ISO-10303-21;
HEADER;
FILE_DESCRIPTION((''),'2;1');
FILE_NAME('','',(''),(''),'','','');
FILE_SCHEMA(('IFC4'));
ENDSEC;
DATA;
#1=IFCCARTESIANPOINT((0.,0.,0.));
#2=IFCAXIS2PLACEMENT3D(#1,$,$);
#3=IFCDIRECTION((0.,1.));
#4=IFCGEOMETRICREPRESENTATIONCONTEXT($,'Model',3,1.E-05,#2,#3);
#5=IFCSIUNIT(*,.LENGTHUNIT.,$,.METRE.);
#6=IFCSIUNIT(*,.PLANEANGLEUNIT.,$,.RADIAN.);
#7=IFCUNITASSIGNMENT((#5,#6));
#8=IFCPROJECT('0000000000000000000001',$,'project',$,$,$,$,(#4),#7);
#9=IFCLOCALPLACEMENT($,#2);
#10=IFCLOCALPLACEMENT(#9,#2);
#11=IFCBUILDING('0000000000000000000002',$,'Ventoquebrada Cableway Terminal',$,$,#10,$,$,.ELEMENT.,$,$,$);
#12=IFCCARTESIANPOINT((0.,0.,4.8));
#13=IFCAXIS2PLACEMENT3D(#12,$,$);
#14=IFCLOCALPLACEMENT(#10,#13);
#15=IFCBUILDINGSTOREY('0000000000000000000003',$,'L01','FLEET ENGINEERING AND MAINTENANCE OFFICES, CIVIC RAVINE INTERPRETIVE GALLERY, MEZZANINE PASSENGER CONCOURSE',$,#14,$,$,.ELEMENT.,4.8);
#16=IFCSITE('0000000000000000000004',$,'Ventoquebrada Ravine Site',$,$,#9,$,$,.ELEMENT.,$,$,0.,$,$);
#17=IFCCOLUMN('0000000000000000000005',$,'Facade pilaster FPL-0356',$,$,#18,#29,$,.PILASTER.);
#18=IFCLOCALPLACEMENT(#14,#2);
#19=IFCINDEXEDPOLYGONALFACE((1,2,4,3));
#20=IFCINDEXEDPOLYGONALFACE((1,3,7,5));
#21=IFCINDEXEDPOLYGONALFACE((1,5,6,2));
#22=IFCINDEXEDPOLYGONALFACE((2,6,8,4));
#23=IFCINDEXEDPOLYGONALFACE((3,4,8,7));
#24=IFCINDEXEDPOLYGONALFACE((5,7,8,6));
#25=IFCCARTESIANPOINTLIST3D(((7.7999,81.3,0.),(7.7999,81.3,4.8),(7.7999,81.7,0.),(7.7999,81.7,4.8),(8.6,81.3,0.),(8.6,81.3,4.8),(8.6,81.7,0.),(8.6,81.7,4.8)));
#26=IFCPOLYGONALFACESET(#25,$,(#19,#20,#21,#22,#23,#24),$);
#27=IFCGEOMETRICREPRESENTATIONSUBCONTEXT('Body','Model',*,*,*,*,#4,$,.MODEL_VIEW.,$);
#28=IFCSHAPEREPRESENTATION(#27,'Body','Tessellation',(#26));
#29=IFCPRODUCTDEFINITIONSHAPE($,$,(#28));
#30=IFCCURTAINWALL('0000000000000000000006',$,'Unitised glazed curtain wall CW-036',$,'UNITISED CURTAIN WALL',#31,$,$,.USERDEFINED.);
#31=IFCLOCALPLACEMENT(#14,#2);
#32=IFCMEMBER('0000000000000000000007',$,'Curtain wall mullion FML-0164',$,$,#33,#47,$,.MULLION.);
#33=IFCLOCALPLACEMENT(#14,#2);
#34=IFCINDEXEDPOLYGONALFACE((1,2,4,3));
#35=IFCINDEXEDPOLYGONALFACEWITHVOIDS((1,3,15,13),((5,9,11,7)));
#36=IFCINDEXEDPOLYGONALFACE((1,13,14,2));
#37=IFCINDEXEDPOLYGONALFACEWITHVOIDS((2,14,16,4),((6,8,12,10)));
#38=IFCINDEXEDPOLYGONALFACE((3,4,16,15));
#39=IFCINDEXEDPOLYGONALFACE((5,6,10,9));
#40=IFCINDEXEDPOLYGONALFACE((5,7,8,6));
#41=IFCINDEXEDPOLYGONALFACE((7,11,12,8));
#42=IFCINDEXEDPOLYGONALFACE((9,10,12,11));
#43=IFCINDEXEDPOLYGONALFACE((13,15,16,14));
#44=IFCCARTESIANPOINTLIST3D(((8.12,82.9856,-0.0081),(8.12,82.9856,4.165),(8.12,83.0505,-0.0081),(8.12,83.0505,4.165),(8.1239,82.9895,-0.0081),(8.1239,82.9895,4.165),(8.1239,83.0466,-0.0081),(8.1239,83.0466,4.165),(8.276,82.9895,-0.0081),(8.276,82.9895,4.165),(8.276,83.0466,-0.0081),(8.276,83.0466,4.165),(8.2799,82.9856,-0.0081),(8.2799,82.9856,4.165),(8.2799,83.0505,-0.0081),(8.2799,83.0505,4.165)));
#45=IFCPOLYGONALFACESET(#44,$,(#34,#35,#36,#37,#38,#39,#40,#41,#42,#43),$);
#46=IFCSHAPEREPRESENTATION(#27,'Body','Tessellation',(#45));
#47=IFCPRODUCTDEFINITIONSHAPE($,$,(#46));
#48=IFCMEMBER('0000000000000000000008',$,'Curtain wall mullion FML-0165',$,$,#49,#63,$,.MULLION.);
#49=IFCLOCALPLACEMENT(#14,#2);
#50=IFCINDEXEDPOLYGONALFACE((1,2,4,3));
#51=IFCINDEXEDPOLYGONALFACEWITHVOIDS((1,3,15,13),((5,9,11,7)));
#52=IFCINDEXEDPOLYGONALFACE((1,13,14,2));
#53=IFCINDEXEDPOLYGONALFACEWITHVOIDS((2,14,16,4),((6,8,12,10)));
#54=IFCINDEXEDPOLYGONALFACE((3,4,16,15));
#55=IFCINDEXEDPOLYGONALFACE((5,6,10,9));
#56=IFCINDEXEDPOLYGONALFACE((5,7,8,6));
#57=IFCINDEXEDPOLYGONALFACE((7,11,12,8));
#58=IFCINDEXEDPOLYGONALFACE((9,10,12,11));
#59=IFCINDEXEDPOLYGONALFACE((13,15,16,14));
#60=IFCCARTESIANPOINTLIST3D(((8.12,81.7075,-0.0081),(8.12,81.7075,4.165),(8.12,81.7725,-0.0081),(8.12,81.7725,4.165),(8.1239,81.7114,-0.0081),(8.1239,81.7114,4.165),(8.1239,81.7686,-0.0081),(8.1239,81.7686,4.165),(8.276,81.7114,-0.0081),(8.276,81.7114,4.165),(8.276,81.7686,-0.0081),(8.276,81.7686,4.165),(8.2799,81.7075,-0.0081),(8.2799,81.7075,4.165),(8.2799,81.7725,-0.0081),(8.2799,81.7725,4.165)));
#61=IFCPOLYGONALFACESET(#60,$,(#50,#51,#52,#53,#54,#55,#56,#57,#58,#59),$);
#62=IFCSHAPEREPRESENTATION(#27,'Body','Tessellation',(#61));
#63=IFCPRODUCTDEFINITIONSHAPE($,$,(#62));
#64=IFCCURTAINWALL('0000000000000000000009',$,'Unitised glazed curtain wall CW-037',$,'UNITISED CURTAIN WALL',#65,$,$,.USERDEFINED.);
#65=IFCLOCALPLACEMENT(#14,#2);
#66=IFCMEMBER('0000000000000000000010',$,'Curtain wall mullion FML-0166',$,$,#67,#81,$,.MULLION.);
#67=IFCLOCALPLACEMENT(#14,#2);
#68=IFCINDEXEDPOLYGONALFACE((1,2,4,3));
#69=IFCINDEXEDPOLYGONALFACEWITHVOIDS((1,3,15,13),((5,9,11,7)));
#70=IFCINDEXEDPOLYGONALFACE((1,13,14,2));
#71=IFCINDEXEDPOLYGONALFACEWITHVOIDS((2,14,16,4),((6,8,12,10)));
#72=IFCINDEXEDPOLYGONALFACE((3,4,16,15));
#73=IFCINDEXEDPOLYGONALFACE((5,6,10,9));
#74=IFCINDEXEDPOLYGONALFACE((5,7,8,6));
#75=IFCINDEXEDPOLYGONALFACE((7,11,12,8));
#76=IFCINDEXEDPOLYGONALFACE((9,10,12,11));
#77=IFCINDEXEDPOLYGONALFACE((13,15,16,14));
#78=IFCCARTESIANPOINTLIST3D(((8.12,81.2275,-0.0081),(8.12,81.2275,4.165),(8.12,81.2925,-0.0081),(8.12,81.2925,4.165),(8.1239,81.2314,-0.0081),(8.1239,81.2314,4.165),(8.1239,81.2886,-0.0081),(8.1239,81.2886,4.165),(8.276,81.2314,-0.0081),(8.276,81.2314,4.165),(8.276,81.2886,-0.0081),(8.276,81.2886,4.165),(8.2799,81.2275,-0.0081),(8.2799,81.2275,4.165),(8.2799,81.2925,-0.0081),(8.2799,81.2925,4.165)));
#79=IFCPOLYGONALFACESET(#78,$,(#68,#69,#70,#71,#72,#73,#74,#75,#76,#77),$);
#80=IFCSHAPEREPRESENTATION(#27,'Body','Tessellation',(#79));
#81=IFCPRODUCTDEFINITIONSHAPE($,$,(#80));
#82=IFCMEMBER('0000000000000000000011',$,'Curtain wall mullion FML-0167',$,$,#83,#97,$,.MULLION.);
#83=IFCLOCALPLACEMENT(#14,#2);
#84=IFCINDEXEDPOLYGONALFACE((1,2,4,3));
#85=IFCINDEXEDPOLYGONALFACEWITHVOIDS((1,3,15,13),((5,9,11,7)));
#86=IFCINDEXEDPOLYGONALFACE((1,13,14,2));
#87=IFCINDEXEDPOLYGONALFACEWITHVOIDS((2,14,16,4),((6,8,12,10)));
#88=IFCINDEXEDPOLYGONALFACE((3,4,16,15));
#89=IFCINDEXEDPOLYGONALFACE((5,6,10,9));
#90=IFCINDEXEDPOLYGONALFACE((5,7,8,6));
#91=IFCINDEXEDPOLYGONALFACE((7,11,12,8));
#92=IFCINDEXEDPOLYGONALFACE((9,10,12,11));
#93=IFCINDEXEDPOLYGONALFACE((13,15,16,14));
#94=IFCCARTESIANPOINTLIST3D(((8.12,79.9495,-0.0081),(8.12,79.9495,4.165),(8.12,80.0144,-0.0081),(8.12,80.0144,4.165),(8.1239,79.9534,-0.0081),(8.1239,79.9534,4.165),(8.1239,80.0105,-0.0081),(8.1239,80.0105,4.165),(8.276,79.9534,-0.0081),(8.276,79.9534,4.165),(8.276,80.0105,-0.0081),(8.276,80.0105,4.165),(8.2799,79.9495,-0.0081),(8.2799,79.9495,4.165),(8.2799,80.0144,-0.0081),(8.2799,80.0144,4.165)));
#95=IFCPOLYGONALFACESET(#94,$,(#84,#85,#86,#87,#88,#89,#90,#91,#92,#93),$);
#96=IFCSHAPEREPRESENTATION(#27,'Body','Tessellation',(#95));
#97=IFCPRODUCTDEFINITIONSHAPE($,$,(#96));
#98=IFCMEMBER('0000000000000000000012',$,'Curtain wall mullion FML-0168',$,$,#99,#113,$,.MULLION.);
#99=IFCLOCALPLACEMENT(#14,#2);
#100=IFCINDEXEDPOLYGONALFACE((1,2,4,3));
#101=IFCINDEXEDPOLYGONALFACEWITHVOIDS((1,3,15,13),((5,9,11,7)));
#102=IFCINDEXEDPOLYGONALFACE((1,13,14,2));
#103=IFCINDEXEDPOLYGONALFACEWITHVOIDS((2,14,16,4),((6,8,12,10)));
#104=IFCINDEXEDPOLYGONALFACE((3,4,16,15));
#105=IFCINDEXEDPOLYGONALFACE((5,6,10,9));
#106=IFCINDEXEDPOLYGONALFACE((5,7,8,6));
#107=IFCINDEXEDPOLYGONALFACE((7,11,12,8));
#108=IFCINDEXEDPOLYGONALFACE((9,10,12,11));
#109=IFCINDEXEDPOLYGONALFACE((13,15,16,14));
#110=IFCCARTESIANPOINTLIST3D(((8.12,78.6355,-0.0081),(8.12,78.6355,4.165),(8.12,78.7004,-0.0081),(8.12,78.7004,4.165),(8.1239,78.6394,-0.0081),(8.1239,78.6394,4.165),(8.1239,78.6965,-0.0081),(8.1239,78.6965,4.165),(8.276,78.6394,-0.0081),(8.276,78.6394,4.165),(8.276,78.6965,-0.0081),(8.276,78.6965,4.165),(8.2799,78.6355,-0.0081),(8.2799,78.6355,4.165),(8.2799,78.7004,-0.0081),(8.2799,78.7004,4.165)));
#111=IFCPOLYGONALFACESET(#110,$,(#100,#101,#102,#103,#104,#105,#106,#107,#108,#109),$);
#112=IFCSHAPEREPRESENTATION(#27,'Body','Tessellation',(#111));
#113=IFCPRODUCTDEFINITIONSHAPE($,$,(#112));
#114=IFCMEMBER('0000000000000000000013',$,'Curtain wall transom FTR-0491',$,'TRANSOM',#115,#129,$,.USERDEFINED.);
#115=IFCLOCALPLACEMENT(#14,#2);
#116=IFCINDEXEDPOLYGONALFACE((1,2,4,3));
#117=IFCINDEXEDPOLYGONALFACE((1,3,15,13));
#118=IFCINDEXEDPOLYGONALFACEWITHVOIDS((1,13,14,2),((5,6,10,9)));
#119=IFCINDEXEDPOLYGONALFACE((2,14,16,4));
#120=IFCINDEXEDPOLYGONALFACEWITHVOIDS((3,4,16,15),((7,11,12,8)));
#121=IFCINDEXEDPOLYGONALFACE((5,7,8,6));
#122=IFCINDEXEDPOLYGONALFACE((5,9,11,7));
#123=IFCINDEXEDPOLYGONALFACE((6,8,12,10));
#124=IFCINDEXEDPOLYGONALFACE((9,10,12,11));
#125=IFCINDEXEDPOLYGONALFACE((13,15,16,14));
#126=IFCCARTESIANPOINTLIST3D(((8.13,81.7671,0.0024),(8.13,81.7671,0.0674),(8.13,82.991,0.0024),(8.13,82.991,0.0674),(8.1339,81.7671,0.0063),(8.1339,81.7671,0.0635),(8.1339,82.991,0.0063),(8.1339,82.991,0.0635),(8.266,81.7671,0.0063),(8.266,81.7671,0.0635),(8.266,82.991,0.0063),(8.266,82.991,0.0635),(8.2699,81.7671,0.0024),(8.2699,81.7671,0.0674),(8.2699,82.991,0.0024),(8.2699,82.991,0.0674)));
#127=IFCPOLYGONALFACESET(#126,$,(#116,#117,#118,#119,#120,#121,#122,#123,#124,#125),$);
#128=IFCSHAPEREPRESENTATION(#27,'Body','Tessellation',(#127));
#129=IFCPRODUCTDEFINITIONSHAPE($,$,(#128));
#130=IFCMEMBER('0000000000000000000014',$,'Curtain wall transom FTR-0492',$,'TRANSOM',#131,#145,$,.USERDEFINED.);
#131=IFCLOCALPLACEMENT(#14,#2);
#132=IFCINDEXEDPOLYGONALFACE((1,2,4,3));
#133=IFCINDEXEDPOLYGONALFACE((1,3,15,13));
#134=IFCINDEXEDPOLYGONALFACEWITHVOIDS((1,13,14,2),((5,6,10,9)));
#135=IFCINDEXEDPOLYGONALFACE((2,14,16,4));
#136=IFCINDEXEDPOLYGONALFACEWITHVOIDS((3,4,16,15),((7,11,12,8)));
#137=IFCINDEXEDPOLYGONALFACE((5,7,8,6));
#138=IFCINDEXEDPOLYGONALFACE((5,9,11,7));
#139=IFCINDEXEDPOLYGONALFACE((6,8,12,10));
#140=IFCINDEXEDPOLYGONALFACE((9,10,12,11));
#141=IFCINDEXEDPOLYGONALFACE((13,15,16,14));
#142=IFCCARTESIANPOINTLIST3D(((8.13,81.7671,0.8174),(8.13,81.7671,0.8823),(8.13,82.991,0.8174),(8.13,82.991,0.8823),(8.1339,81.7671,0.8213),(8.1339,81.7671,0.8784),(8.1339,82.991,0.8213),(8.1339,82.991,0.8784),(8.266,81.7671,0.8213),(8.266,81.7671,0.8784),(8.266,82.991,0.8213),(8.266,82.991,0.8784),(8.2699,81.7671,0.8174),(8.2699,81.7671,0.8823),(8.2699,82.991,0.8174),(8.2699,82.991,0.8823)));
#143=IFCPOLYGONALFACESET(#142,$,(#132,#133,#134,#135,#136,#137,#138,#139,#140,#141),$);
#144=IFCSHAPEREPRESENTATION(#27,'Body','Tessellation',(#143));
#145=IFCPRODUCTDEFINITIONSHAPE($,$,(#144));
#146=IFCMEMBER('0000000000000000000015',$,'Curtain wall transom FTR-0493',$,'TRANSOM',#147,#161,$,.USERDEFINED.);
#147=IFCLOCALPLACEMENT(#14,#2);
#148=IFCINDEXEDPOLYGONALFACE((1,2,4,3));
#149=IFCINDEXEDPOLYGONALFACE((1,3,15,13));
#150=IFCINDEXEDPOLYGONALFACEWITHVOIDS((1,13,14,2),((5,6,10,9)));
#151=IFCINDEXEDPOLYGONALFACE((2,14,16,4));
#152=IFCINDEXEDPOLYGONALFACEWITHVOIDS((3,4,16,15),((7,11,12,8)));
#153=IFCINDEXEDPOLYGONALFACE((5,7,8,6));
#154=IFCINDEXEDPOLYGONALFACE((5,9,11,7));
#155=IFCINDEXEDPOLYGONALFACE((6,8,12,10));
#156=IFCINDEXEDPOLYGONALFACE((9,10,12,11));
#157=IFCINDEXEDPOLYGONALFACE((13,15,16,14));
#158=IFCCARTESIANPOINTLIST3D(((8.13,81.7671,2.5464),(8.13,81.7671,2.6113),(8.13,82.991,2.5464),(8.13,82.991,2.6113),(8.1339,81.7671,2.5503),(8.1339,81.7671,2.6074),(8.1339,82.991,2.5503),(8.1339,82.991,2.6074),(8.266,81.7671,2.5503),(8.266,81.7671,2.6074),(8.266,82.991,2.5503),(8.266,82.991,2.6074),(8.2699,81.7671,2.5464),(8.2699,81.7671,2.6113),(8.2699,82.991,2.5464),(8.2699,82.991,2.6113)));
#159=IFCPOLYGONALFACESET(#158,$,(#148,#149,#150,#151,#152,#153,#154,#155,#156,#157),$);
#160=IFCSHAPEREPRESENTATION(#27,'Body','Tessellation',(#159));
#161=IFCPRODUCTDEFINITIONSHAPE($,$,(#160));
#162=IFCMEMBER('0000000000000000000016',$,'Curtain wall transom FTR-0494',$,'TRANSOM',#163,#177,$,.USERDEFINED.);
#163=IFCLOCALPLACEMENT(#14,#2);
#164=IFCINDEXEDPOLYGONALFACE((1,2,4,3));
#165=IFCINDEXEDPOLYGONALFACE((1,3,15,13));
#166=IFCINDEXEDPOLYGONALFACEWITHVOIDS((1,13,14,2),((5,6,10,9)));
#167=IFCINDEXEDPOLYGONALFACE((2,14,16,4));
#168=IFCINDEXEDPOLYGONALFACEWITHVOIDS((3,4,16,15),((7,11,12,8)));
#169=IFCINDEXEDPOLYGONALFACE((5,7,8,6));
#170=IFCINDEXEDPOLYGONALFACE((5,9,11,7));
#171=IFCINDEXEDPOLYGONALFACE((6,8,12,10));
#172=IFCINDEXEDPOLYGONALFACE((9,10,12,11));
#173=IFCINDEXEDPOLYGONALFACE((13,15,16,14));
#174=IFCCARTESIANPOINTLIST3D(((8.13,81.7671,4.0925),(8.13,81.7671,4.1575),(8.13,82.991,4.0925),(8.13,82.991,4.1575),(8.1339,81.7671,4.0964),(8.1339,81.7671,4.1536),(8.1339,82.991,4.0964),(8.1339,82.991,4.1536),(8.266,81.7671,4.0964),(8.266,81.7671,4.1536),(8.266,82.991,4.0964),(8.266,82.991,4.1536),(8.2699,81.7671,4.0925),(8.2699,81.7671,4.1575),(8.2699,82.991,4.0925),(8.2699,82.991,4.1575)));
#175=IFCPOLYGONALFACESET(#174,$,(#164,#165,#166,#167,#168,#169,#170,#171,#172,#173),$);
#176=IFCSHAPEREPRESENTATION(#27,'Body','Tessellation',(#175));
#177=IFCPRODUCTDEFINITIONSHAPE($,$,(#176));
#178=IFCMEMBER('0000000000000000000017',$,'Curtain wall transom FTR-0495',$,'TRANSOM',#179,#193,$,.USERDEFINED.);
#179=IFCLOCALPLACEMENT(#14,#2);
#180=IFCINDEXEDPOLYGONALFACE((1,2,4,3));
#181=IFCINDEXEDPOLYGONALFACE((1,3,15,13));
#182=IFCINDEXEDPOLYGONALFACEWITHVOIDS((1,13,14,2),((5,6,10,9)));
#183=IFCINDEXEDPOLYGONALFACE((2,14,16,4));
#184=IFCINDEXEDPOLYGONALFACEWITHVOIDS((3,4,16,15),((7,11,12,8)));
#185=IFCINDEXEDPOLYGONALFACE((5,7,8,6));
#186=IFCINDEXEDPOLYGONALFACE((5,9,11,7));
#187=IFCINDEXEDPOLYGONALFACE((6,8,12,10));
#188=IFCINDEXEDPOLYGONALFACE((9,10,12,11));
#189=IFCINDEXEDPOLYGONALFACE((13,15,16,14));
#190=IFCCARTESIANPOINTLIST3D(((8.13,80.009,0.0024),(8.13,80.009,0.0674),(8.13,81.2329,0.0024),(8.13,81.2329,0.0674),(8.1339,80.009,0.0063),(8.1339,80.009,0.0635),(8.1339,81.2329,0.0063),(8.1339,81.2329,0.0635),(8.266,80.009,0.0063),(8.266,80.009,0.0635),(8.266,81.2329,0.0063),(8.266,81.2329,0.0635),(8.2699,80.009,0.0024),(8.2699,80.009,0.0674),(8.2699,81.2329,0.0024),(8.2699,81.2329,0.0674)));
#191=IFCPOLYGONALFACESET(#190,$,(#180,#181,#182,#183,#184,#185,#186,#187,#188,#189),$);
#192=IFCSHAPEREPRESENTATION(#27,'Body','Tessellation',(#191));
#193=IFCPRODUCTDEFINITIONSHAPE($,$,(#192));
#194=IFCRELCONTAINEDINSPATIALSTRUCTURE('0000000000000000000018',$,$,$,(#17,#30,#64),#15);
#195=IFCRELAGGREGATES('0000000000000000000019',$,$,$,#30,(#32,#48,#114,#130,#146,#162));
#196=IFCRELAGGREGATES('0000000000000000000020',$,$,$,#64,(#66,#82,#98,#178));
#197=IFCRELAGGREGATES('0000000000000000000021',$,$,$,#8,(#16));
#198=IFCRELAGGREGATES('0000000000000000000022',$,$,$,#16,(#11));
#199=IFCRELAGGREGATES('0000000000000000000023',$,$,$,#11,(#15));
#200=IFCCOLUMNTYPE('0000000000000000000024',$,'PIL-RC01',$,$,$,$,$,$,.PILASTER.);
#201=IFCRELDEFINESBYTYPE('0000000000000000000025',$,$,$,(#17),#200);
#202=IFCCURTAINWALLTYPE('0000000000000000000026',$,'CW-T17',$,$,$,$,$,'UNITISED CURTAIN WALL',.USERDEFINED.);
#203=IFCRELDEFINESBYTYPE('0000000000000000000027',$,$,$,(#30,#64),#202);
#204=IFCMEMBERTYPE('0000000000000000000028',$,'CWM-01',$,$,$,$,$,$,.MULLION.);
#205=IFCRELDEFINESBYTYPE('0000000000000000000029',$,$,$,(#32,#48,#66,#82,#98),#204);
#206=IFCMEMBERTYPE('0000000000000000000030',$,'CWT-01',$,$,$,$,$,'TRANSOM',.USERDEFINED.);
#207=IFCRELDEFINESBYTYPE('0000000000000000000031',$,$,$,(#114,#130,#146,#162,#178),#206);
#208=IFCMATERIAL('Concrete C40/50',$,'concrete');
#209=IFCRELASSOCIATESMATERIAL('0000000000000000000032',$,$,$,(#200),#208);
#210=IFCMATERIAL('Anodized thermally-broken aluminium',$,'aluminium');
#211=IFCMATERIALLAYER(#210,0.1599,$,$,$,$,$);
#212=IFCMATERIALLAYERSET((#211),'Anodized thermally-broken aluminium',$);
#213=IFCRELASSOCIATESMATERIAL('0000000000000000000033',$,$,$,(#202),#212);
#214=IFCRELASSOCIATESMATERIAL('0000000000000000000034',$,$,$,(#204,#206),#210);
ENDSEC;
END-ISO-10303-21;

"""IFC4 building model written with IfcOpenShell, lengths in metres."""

from ifc_helpers import new_model, si_unit, direction, frame, origin, origin_2d, place, context, subcontext, project, spatial, rectangle, hollow_rectangle, extrude, material, layer, layer_set, material_profile, profile_set, type_object, element, aggregate, save


model = new_model("IFC4")

# Units and contexts
model_context = context("Model", 3, precision=1e-05, world=origin(), true_north=direction((0.0, 1.0)))
body_context = subcontext(model_context, "Body", "Model", "MODEL_VIEW")
ifc_project = project(units=[si_unit("LENGTHUNIT", "METRE"), si_unit("PLANEANGLEUNIT", "RADIAN")], contexts=[model_context])

# Site, building, storey
site_placement = place(None, origin())
site = spatial("IfcSite", under=ifc_project, at=site_placement, Name="Ventoquebrada Ravine Site", CompositionType="ELEMENT", RefElevation=0.0)
building_placement = place(site_placement, origin())
building = spatial("IfcBuilding", under=site, at=building_placement, Name="Ventoquebrada Cableway Terminal", CompositionType="ELEMENT")
storey_placement = place(building_placement, frame((0.0, 0.0, 4.8)))
storey = spatial("IfcBuildingStorey", under=building, at=storey_placement, Name="L01", Description="FLEET ENGINEERING AND MAINTENANCE OFFICES, CIVIC RAVINE INTERPRETIVE GALLERY, MEZZANINE PASSENGER CONCOURSE", CompositionType="ELEMENT", Elevation=4.8)

# Column
ifc_material_1 = material(Name="Concrete C40/50", Category="concrete")
ifc_material_profile_1 = material_profile(ifc_material_1, rectangle(XDim=0.3999, YDim=0.8, at=origin_2d()), Name="RC-PIL-400X800")
ifc_profile_set_1 = profile_set([ifc_material_profile_1], Name="Concrete C40/50")
column_type = type_object("IfcColumnType", Name="PIL-RC01", PredefinedType="PILASTER", material=ifc_profile_set_1)
column_placement = place(storey_placement, frame((8.2, 81.5, 0.0), z_axis=(0.0, 0.0, 1.0), x_axis=(0.0, 1.0, 0.0)))
element("IfcColumn", 1, at=column_placement, inside=storey, type_object=column_type, Name="Facade pilaster FPL-0356", PredefinedType="PILASTER", context=body_context, shape_type="SweptSolid", body=[
    extrude(rectangle(XDim=0.3999, YDim=0.8, at=origin_2d()), origin(), (0.0, 0.0, 1.0), 4.8),
])

# Curtain walls, members
ifc_material_2 = material(Name="Anodized thermally-broken aluminium", Category="aluminium")
ifc_layer_1 = layer(ifc_material_2, 0.1599)
ifc_layer_set_1 = layer_set([ifc_layer_1], Name="Anodized thermally-broken aluminium")
curtain_wall_type = type_object("IfcCurtainWallType", Name="CW-T17", ElementType="UNITISED CURTAIN WALL", PredefinedType="USERDEFINED", material=ifc_layer_set_1)
curtain_wall_1_placement = place(storey_placement, origin())
curtain_wall_1 = element("IfcCurtainWall", 2, at=curtain_wall_1_placement, inside=storey, type_object=curtain_wall_type, Name="Unitised glazed curtain wall CW-036", ObjectType="UNITISED CURTAIN WALL", PredefinedType="USERDEFINED")
ifc_material_profile_2 = material_profile(ifc_material_2, hollow_rectangle(XDim=0.0649, YDim=0.1599, WallThickness=0.0039, at=origin_2d()), Name="CW-MUL-65X160")
ifc_profile_set_2 = profile_set([ifc_material_profile_2], Name="Anodized thermally-broken aluminium")
member_type_1 = type_object("IfcMemberType", Name="CWM-01", PredefinedType="MULLION", material=ifc_profile_set_2)
member_1_placement = place(storey_placement, frame((8.2, 83.0181, -0.0081), z_axis=(0.0, 0.0, 1.0), x_axis=(0.0, -1.0, 0.0)))
member_1 = element("IfcMember", 3, at=member_1_placement, type_object=member_type_1, Name="Curtain wall mullion FML-0164", PredefinedType="MULLION", context=body_context, shape_type="SweptSolid", body=[
    extrude(hollow_rectangle(XDim=0.0649, YDim=0.1599, WallThickness=0.0039, at=origin_2d()), origin(), (0.0, 0.0, 1.0), 4.1731),
])
member_2_placement = place(storey_placement, frame((8.2, 81.74, -0.0081), z_axis=(0.0, 0.0, 1.0), x_axis=(0.0, -1.0, 0.0)))
member_2 = element("IfcMember", 4, at=member_2_placement, type_object=member_type_1, Name="Curtain wall mullion FML-0165", PredefinedType="MULLION", context=body_context, shape_type="SweptSolid", body=[
    extrude(hollow_rectangle(XDim=0.0649, YDim=0.1599, WallThickness=0.0039, at=origin_2d()), origin(), (0.0, 0.0, 1.0), 4.1731),
])
curtain_wall_2_placement = place(storey_placement, origin())
curtain_wall_2 = element("IfcCurtainWall", 5, at=curtain_wall_2_placement, inside=storey, type_object=curtain_wall_type, Name="Unitised glazed curtain wall CW-037", ObjectType="UNITISED CURTAIN WALL", PredefinedType="USERDEFINED")
member_3_placement = place(storey_placement, frame((8.2, 81.26, -0.0081), z_axis=(0.0, 0.0, 1.0), x_axis=(0.0, -1.0, 0.0)))
member_3 = element("IfcMember", 6, at=member_3_placement, type_object=member_type_1, Name="Curtain wall mullion FML-0166", PredefinedType="MULLION", context=body_context, shape_type="SweptSolid", body=[
    extrude(hollow_rectangle(XDim=0.0649, YDim=0.1599, WallThickness=0.0039, at=origin_2d()), origin(), (0.0, 0.0, 1.0), 4.1731),
])
member_4_placement = place(storey_placement, frame((8.2, 79.9819, -0.0081), z_axis=(0.0, 0.0, 1.0), x_axis=(0.0, -1.0, 0.0)))
member_4 = element("IfcMember", 7, at=member_4_placement, type_object=member_type_1, Name="Curtain wall mullion FML-0167", PredefinedType="MULLION", context=body_context, shape_type="SweptSolid", body=[
    extrude(hollow_rectangle(XDim=0.0649, YDim=0.1599, WallThickness=0.0039, at=origin_2d()), origin(), (0.0, 0.0, 1.0), 4.1731),
])
member_5_placement = place(storey_placement, frame((8.2, 78.668, -0.0081), z_axis=(0.0, 0.0, 1.0), x_axis=(0.0, -1.0, 0.0)))
member_5 = element("IfcMember", 8, at=member_5_placement, type_object=member_type_1, Name="Curtain wall mullion FML-0168", PredefinedType="MULLION", context=body_context, shape_type="SweptSolid", body=[
    extrude(hollow_rectangle(XDim=0.0649, YDim=0.1599, WallThickness=0.0039, at=origin_2d()), origin(), (0.0, 0.0, 1.0), 4.1731),
])

# Members
ifc_material_profile_3 = material_profile(ifc_material_2, hollow_rectangle(XDim=0.0649, YDim=0.1399, WallThickness=0.0039, at=origin_2d()), Name="CW-TRN-65X140")
ifc_profile_set_3 = profile_set([ifc_material_profile_3], Name="Anodized thermally-broken aluminium")
member_type_2 = type_object("IfcMemberType", Name="CWT-01", ElementType="TRANSOM", PredefinedType="USERDEFINED", material=ifc_profile_set_3)
member_6_placement = place(storey_placement, frame((8.2, 82.991, 0.0349), z_axis=(0.0, -1.0, 0.0), x_axis=(0.0, 0.0, 1.0)))
member_6 = element("IfcMember", 9, at=member_6_placement, type_object=member_type_2, Name="Curtain wall transom FTR-0491", ObjectType="TRANSOM", PredefinedType="USERDEFINED", context=body_context, shape_type="SweptSolid", body=[
    extrude(hollow_rectangle(XDim=0.0649, YDim=0.1399, WallThickness=0.0039, at=origin_2d()), origin(), (0.0, 0.0, 1.0), 1.2239),
])
member_7_placement = place(storey_placement, frame((8.2, 82.991, 0.8499), z_axis=(0.0, -1.0, 0.0), x_axis=(0.0, 0.0, 1.0)))
member_7 = element("IfcMember", 10, at=member_7_placement, type_object=member_type_2, Name="Curtain wall transom FTR-0492", ObjectType="TRANSOM", PredefinedType="USERDEFINED", context=body_context, shape_type="SweptSolid", body=[
    extrude(hollow_rectangle(XDim=0.0649, YDim=0.1399, WallThickness=0.0039, at=origin_2d()), origin(), (0.0, 0.0, 1.0), 1.2239),
])
member_8_placement = place(storey_placement, frame((8.2, 82.991, 2.5789), z_axis=(0.0, -1.0, 0.0), x_axis=(0.0, 0.0, 1.0)))
member_8 = element("IfcMember", 11, at=member_8_placement, type_object=member_type_2, Name="Curtain wall transom FTR-0493", ObjectType="TRANSOM", PredefinedType="USERDEFINED", context=body_context, shape_type="SweptSolid", body=[
    extrude(hollow_rectangle(XDim=0.0649, YDim=0.1399, WallThickness=0.0039, at=origin_2d()), origin(), (0.0, 0.0, 1.0), 1.2239),
])
member_9_placement = place(storey_placement, frame((8.2, 82.991, 4.125), z_axis=(0.0, -1.0, 0.0), x_axis=(0.0, 0.0, 1.0)))
member_9 = element("IfcMember", 12, at=member_9_placement, type_object=member_type_2, Name="Curtain wall transom FTR-0494", ObjectType="TRANSOM", PredefinedType="USERDEFINED", context=body_context, shape_type="SweptSolid", body=[
    extrude(hollow_rectangle(XDim=0.0649, YDim=0.1399, WallThickness=0.0039, at=origin_2d()), origin(), (0.0, 0.0, 1.0), 1.2239),
])
member_10_placement = place(storey_placement, frame((8.2, 81.2329, 0.0349), z_axis=(0.0, -1.0, 0.0), x_axis=(0.0, 0.0, 1.0)))
member_10 = element("IfcMember", 13, at=member_10_placement, type_object=member_type_2, Name="Curtain wall transom FTR-0495", ObjectType="TRANSOM", PredefinedType="USERDEFINED", context=body_context, shape_type="SweptSolid", body=[
    extrude(hollow_rectangle(XDim=0.0649, YDim=0.1399, WallThickness=0.0039, at=origin_2d()), origin(), (0.0, 0.0, 1.0), 1.2239),
])

aggregate(curtain_wall_1, [member_1, member_2, member_6, member_7, member_8, member_9])
aggregate(curtain_wall_2, [member_3, member_4, member_5, member_10])

save(model, "model.ifc")
